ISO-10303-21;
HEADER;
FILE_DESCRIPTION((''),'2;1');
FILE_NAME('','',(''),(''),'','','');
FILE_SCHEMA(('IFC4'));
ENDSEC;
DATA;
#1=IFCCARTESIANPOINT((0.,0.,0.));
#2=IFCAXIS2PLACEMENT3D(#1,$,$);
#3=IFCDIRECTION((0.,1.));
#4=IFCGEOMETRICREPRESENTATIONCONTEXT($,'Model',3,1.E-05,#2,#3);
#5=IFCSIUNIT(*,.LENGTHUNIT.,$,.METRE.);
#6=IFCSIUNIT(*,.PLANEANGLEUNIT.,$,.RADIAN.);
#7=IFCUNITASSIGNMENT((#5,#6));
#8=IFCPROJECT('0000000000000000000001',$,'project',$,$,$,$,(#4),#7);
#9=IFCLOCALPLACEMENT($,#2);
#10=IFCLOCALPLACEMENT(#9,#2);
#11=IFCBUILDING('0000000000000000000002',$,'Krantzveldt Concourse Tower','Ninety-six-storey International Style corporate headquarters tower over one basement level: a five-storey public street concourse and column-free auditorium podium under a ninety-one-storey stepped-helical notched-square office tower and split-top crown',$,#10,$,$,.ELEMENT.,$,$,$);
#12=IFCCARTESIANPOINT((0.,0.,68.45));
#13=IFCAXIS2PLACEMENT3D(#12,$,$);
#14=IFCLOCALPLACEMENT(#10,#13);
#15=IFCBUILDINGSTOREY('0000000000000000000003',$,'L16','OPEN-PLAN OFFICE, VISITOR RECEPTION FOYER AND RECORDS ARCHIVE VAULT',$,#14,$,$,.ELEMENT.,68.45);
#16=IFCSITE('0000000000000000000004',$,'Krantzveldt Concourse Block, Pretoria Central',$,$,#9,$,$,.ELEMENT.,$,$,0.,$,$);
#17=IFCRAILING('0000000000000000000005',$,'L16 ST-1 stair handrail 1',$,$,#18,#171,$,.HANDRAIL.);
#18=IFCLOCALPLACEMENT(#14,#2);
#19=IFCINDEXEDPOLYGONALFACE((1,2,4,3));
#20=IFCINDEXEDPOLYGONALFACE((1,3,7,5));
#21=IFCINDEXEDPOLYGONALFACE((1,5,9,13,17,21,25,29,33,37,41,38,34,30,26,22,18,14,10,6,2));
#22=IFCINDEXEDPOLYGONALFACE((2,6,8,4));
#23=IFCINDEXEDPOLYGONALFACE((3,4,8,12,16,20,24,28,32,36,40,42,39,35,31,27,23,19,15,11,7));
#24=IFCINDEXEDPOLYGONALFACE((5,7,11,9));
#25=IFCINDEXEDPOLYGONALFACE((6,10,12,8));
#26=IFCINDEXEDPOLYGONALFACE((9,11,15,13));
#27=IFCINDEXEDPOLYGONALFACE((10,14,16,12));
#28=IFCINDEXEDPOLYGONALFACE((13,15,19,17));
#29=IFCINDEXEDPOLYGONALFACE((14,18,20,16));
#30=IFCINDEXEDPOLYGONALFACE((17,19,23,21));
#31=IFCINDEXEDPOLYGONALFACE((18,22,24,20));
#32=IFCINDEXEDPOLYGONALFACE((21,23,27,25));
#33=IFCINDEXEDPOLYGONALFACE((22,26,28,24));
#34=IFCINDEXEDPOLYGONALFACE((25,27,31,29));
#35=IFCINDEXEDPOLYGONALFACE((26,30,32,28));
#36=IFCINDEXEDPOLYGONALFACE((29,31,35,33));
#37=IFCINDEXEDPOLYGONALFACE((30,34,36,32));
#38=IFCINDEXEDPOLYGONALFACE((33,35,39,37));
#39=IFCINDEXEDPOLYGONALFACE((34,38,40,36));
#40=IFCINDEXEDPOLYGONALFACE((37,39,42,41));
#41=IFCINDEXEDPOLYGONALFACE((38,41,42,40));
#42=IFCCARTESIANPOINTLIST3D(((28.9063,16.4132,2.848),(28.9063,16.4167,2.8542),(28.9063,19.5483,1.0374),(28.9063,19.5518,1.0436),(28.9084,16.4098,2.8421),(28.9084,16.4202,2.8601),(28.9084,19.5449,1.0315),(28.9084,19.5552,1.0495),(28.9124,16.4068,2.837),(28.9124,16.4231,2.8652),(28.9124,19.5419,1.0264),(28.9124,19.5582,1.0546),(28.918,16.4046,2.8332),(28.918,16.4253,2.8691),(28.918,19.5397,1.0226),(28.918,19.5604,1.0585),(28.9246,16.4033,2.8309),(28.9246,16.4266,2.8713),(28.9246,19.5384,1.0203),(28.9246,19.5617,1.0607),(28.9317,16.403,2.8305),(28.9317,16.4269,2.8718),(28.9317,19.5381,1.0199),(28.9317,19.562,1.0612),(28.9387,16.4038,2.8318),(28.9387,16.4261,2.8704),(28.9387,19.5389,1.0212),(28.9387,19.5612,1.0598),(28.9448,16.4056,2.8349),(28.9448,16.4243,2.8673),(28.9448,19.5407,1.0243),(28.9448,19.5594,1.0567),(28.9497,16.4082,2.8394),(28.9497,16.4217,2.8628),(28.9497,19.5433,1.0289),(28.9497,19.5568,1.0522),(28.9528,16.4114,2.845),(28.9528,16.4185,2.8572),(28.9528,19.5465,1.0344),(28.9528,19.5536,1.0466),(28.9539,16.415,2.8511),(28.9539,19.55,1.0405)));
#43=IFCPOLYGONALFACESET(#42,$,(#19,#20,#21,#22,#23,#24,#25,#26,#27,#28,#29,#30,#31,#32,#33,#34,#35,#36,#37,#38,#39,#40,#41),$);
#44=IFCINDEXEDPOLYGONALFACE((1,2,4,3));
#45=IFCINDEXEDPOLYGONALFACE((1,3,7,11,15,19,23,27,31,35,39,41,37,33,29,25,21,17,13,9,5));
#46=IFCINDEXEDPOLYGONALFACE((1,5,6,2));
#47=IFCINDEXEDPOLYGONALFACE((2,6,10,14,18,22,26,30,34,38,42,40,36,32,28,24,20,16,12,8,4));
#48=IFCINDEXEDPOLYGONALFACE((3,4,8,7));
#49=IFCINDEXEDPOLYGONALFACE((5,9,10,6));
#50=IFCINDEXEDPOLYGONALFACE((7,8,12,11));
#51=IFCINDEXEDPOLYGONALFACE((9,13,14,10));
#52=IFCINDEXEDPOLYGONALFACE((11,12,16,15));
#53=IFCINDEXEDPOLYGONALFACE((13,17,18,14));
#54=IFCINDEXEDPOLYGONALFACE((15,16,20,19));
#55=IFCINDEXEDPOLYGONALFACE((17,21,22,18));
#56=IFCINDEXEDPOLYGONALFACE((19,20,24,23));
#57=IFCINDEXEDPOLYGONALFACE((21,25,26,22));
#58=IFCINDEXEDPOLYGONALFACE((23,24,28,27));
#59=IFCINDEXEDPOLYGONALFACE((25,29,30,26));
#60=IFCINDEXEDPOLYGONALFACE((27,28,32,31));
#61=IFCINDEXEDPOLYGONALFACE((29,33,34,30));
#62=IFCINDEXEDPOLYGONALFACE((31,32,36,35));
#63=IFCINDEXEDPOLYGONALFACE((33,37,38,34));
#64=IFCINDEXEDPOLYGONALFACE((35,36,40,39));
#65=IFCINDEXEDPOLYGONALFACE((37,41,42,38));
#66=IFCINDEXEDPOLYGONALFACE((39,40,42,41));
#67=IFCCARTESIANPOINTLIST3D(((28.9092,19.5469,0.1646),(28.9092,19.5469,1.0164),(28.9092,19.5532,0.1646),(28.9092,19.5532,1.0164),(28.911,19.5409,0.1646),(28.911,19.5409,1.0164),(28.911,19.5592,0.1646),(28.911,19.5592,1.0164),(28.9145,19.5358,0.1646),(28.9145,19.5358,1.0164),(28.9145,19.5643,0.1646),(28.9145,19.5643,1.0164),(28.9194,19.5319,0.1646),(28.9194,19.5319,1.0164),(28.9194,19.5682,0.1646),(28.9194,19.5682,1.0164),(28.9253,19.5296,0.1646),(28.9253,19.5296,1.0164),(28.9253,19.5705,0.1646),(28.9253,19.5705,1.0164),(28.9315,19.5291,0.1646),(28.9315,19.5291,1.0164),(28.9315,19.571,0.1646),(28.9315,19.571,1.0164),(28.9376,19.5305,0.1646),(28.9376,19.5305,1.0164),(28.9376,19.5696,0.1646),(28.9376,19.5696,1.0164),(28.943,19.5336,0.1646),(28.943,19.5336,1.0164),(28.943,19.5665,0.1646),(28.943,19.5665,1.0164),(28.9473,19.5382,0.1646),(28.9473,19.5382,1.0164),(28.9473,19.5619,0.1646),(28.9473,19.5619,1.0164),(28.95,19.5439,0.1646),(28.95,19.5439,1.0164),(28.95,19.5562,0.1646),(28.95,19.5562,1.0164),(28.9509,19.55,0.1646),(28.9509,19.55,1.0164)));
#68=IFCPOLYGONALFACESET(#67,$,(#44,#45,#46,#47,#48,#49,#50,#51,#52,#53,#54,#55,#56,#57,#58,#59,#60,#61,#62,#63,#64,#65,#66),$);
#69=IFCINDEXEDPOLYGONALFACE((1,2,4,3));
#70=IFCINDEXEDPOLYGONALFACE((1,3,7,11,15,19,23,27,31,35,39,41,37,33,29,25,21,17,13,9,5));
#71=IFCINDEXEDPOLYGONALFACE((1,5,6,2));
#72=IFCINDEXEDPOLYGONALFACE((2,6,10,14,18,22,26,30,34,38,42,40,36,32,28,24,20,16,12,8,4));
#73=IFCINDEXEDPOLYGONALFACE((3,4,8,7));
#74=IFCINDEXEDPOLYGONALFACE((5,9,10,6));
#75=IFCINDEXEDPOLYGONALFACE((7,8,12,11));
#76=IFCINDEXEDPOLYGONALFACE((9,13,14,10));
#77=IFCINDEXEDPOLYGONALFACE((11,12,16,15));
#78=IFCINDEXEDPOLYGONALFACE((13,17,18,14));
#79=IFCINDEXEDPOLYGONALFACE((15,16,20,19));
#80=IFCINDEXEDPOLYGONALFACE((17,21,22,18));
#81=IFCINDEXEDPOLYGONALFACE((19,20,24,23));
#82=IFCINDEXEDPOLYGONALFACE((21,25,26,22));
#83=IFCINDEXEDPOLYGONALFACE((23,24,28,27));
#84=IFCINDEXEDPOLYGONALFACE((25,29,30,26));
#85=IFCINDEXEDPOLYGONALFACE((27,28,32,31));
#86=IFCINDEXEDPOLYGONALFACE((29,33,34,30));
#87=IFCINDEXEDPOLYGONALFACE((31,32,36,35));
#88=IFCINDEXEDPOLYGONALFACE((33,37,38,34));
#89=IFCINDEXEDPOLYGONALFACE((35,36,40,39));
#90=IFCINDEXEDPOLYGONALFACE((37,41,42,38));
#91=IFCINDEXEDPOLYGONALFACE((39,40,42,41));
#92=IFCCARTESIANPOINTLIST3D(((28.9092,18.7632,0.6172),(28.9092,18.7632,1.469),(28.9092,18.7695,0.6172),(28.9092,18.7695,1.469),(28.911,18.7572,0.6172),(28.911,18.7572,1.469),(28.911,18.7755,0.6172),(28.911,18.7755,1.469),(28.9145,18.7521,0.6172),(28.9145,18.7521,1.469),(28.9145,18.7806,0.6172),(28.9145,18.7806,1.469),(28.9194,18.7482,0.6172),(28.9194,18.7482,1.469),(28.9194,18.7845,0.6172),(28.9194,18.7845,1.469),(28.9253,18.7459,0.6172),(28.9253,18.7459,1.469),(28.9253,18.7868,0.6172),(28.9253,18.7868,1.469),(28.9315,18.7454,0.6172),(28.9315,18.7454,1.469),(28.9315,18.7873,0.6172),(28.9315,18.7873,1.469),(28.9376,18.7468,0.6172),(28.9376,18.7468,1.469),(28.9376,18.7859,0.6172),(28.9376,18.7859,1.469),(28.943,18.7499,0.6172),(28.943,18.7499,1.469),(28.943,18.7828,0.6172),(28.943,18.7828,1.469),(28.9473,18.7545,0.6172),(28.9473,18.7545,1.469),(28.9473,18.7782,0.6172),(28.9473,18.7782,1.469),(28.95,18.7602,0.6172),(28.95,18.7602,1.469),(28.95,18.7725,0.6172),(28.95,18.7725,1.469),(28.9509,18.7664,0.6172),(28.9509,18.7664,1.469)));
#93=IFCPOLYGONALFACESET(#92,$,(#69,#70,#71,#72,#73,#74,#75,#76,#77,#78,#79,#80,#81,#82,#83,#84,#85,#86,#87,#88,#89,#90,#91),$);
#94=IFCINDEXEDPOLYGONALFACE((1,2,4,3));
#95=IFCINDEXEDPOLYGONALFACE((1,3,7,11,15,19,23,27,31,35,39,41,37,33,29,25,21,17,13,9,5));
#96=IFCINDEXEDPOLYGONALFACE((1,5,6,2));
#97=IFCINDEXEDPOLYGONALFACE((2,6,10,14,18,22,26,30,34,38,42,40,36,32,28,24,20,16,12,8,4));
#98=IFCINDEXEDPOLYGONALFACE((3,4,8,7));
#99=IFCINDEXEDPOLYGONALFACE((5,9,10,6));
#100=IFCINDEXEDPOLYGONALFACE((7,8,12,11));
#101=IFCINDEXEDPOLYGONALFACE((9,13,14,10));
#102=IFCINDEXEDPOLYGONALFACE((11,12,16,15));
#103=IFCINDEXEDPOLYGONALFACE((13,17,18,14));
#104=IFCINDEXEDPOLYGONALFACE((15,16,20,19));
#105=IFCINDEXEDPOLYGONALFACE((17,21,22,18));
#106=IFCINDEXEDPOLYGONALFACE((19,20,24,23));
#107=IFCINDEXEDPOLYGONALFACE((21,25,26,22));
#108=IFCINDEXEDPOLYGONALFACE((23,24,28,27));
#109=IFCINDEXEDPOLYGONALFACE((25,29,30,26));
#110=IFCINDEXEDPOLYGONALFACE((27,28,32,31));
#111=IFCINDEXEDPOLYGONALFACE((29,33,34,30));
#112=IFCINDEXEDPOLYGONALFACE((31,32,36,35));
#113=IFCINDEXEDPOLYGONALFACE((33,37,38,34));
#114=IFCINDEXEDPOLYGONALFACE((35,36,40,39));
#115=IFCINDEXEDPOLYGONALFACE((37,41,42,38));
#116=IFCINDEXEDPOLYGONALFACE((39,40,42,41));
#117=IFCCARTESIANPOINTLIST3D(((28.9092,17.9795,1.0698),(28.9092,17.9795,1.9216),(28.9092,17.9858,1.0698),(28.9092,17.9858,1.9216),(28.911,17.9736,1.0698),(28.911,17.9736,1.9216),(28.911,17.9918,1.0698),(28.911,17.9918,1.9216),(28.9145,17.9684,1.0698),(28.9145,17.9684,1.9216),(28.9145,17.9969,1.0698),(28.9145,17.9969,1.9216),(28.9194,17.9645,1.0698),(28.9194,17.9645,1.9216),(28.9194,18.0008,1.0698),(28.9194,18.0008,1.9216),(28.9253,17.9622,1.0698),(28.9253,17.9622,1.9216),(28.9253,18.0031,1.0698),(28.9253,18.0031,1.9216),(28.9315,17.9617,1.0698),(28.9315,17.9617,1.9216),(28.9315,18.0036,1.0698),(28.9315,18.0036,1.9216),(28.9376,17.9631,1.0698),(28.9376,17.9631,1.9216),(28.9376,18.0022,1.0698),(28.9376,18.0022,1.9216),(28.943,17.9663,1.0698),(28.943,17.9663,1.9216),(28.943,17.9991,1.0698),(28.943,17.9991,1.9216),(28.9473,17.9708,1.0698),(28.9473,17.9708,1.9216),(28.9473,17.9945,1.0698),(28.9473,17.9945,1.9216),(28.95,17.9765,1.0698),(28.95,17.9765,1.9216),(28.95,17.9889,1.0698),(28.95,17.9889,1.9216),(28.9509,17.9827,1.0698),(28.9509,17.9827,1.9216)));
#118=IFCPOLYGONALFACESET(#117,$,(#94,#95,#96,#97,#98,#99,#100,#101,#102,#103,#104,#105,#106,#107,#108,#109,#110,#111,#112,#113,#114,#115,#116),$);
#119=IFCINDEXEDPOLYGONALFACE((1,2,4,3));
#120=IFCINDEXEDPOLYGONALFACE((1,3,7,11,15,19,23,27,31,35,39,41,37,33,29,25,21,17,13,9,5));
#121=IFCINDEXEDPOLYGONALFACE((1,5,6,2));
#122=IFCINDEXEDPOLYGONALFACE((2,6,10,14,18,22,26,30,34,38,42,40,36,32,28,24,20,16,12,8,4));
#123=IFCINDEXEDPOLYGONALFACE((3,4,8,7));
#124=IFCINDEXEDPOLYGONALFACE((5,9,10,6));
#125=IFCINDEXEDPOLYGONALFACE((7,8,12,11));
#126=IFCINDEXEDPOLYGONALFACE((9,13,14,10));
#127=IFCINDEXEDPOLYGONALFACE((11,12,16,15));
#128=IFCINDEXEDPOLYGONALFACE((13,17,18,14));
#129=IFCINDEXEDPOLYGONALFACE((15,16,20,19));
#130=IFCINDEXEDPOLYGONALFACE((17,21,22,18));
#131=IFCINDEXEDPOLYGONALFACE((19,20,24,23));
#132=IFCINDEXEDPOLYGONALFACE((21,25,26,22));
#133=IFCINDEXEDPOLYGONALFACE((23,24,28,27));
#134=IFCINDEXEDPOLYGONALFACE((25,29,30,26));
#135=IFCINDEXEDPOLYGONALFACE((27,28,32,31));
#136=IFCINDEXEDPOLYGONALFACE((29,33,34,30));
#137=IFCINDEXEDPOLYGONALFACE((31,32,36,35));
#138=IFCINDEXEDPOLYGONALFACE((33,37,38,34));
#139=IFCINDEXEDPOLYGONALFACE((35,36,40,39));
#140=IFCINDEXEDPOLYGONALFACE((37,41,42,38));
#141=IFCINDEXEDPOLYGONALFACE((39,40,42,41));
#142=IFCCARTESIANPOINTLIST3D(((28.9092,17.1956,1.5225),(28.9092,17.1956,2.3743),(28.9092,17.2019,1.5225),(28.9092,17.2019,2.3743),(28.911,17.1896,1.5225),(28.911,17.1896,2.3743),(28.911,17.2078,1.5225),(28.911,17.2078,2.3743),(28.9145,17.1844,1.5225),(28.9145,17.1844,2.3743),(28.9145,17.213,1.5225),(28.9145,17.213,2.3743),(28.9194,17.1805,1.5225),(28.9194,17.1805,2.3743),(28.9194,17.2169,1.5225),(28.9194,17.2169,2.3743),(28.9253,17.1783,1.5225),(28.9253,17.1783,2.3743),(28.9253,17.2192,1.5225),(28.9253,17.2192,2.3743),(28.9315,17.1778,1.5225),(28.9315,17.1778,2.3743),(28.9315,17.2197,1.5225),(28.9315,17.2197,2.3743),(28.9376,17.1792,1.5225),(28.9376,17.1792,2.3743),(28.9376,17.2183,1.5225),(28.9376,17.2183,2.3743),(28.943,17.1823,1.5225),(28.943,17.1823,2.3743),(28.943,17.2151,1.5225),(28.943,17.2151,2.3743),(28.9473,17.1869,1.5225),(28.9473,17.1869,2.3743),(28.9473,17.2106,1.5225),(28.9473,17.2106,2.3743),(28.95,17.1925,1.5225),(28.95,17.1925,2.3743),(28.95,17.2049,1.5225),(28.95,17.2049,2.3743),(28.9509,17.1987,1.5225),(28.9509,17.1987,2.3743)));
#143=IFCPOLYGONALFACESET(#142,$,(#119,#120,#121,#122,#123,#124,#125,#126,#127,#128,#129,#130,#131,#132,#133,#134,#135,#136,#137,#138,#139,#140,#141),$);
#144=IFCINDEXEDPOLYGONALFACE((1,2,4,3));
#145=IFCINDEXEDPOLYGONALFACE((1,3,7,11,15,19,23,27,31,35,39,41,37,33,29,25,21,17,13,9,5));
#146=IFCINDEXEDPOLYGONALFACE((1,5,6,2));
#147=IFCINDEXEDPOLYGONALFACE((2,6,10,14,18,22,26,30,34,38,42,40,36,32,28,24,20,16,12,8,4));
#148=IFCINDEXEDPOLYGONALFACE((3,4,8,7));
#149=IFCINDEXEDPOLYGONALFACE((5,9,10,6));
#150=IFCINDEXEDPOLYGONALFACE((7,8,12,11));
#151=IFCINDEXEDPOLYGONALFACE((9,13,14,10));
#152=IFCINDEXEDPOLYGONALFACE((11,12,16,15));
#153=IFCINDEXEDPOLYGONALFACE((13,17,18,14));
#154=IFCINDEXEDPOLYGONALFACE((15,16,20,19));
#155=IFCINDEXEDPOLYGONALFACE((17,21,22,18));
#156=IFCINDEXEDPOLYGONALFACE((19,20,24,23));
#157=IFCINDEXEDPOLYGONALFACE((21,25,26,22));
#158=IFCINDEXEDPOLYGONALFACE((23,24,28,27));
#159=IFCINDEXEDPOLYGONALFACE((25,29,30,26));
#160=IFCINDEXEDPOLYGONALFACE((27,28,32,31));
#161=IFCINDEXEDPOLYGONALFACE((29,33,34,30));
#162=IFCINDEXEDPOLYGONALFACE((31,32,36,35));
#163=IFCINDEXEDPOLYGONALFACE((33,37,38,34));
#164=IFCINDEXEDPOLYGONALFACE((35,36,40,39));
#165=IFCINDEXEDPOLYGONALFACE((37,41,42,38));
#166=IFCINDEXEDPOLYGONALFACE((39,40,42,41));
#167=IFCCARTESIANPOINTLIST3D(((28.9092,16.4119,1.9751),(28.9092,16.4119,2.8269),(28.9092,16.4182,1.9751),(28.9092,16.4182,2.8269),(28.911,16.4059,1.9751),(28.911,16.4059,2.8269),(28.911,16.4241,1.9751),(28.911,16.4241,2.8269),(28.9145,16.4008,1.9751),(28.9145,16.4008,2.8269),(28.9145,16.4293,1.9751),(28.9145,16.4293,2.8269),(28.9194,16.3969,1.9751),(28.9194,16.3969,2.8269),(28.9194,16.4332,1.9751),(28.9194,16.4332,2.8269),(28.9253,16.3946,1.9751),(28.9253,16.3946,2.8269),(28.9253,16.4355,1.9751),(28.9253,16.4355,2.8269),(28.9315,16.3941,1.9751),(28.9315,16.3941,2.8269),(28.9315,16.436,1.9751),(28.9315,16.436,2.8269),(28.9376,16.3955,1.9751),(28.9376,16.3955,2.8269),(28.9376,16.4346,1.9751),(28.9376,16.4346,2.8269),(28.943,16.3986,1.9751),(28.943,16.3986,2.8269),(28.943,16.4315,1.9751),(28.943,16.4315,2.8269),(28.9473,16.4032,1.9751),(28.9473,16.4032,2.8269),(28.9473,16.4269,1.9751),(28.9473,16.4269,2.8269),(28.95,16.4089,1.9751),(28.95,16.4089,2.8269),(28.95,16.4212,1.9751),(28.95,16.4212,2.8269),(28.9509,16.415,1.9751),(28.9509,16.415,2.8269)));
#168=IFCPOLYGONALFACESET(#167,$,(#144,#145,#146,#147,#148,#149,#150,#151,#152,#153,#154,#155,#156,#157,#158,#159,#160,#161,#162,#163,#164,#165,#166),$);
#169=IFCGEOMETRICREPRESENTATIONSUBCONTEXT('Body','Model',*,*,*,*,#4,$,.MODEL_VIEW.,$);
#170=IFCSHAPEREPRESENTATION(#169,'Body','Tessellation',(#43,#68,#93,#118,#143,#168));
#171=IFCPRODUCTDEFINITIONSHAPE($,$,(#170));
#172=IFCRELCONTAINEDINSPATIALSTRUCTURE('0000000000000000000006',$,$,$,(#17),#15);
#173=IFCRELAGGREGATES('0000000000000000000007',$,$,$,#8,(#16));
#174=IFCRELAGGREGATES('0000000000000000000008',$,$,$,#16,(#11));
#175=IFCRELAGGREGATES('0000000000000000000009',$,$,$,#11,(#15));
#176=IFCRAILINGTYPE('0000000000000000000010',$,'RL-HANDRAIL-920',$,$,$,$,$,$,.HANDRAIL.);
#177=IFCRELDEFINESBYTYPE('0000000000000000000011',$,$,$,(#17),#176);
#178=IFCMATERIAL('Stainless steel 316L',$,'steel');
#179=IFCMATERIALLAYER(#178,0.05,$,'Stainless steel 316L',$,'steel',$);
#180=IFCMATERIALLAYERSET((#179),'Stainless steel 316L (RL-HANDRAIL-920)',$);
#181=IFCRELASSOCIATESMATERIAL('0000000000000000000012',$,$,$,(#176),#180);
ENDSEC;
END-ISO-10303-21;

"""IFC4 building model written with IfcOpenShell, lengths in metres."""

from ifc_helpers import new_model, si_unit, direction, frame, origin, origin_2d, place, context, subcontext, project, spatial, circle, extrude, material, layer, layer_set, type_object, element, save


model = new_model("IFC4")

# Units and contexts
model_context = context("Model", 3, precision=1e-05, world=origin(), true_north=direction((0.0, 1.0)))
body_context = subcontext(model_context, "Body", "Model", "MODEL_VIEW")
ifc_project = project(units=[si_unit("LENGTHUNIT", "METRE"), si_unit("PLANEANGLEUNIT", "RADIAN")], contexts=[model_context])

# Site, building, storey
site_placement = place(None, origin())
site = spatial("IfcSite", under=ifc_project, at=site_placement, Name="Krantzveldt Concourse Block, Pretoria Central", CompositionType="ELEMENT", RefElevation=0.0)
building_placement = place(site_placement, origin())
building = spatial("IfcBuilding", under=site, at=building_placement, Name="Krantzveldt Concourse Tower", Description="Ninety-six-storey International Style corporate headquarters tower over one basement level: a five-storey public street concourse and column-free auditorium podium under a ninety-one-storey stepped-helical notched-square office tower and split-top crown", CompositionType="ELEMENT")
storey_placement = place(building_placement, frame((0.0, 0.0, 68.45)))
storey = spatial("IfcBuildingStorey", under=building, at=storey_placement, Name="L16", Description="OPEN-PLAN OFFICE, VISITOR RECEPTION FOYER AND RECORDS ARCHIVE VAULT", CompositionType="ELEMENT", Elevation=68.45)

# Railing
ifc_material_1 = material(Name="Stainless steel 316L", Category="steel")
ifc_layer_1 = layer(ifc_material_1, 0.05, Name="Stainless steel 316L", Category="steel")
ifc_layer_set_1 = layer_set([ifc_layer_1], Name="Stainless steel 316L (RL-HANDRAIL-920)")
railing_type_1 = type_object("IfcRailingType", Name="RL-HANDRAIL-920", PredefinedType="HANDRAIL", material=ifc_layer_set_1)
railing_1_placement = place(storey_placement, frame((28.9299, 19.55, 0.1646)))
element("IfcRailing", 1, at=railing_1_placement, inside=storey, type_object=railing_type_1, Name="L16 ST-1 stair handrail 1", PredefinedType="HANDRAIL", context=body_context, shape_type="SweptSolid", body=[
    extrude(circle(Radius=0.0239, at=origin_2d()), frame((0.0, 0.0, 0.876), z_axis=(0.0, -0.86596, 0.500114), x_axis=(1.0, 0.0, 0.0)), (0.0, 0.0, 1.0), 3.6204),
    extrude(circle(Radius=0.021, at=origin_2d()), origin(), (0.0, 0.0, 1.0), 0.8518),
    extrude(circle(Radius=0.021, at=origin_2d()), frame((0.0, -0.7837, 0.4526)), (0.0, 0.0, 1.0), 0.8518),
    extrude(circle(Radius=0.021, at=origin_2d()), frame((0.0, -1.5674, 0.9053)), (0.0, 0.0, 1.0), 0.8518),
    extrude(circle(Radius=0.021, at=origin_2d()), frame((0.0, -2.3513, 1.3579)), (0.0, 0.0, 1.0), 0.8518),
    extrude(circle(Radius=0.021, at=origin_2d()), frame((0.0, -3.135, 1.8105)), (0.0, 0.0, 1.0), 0.8518),
])

save(model, "model.ifc")
